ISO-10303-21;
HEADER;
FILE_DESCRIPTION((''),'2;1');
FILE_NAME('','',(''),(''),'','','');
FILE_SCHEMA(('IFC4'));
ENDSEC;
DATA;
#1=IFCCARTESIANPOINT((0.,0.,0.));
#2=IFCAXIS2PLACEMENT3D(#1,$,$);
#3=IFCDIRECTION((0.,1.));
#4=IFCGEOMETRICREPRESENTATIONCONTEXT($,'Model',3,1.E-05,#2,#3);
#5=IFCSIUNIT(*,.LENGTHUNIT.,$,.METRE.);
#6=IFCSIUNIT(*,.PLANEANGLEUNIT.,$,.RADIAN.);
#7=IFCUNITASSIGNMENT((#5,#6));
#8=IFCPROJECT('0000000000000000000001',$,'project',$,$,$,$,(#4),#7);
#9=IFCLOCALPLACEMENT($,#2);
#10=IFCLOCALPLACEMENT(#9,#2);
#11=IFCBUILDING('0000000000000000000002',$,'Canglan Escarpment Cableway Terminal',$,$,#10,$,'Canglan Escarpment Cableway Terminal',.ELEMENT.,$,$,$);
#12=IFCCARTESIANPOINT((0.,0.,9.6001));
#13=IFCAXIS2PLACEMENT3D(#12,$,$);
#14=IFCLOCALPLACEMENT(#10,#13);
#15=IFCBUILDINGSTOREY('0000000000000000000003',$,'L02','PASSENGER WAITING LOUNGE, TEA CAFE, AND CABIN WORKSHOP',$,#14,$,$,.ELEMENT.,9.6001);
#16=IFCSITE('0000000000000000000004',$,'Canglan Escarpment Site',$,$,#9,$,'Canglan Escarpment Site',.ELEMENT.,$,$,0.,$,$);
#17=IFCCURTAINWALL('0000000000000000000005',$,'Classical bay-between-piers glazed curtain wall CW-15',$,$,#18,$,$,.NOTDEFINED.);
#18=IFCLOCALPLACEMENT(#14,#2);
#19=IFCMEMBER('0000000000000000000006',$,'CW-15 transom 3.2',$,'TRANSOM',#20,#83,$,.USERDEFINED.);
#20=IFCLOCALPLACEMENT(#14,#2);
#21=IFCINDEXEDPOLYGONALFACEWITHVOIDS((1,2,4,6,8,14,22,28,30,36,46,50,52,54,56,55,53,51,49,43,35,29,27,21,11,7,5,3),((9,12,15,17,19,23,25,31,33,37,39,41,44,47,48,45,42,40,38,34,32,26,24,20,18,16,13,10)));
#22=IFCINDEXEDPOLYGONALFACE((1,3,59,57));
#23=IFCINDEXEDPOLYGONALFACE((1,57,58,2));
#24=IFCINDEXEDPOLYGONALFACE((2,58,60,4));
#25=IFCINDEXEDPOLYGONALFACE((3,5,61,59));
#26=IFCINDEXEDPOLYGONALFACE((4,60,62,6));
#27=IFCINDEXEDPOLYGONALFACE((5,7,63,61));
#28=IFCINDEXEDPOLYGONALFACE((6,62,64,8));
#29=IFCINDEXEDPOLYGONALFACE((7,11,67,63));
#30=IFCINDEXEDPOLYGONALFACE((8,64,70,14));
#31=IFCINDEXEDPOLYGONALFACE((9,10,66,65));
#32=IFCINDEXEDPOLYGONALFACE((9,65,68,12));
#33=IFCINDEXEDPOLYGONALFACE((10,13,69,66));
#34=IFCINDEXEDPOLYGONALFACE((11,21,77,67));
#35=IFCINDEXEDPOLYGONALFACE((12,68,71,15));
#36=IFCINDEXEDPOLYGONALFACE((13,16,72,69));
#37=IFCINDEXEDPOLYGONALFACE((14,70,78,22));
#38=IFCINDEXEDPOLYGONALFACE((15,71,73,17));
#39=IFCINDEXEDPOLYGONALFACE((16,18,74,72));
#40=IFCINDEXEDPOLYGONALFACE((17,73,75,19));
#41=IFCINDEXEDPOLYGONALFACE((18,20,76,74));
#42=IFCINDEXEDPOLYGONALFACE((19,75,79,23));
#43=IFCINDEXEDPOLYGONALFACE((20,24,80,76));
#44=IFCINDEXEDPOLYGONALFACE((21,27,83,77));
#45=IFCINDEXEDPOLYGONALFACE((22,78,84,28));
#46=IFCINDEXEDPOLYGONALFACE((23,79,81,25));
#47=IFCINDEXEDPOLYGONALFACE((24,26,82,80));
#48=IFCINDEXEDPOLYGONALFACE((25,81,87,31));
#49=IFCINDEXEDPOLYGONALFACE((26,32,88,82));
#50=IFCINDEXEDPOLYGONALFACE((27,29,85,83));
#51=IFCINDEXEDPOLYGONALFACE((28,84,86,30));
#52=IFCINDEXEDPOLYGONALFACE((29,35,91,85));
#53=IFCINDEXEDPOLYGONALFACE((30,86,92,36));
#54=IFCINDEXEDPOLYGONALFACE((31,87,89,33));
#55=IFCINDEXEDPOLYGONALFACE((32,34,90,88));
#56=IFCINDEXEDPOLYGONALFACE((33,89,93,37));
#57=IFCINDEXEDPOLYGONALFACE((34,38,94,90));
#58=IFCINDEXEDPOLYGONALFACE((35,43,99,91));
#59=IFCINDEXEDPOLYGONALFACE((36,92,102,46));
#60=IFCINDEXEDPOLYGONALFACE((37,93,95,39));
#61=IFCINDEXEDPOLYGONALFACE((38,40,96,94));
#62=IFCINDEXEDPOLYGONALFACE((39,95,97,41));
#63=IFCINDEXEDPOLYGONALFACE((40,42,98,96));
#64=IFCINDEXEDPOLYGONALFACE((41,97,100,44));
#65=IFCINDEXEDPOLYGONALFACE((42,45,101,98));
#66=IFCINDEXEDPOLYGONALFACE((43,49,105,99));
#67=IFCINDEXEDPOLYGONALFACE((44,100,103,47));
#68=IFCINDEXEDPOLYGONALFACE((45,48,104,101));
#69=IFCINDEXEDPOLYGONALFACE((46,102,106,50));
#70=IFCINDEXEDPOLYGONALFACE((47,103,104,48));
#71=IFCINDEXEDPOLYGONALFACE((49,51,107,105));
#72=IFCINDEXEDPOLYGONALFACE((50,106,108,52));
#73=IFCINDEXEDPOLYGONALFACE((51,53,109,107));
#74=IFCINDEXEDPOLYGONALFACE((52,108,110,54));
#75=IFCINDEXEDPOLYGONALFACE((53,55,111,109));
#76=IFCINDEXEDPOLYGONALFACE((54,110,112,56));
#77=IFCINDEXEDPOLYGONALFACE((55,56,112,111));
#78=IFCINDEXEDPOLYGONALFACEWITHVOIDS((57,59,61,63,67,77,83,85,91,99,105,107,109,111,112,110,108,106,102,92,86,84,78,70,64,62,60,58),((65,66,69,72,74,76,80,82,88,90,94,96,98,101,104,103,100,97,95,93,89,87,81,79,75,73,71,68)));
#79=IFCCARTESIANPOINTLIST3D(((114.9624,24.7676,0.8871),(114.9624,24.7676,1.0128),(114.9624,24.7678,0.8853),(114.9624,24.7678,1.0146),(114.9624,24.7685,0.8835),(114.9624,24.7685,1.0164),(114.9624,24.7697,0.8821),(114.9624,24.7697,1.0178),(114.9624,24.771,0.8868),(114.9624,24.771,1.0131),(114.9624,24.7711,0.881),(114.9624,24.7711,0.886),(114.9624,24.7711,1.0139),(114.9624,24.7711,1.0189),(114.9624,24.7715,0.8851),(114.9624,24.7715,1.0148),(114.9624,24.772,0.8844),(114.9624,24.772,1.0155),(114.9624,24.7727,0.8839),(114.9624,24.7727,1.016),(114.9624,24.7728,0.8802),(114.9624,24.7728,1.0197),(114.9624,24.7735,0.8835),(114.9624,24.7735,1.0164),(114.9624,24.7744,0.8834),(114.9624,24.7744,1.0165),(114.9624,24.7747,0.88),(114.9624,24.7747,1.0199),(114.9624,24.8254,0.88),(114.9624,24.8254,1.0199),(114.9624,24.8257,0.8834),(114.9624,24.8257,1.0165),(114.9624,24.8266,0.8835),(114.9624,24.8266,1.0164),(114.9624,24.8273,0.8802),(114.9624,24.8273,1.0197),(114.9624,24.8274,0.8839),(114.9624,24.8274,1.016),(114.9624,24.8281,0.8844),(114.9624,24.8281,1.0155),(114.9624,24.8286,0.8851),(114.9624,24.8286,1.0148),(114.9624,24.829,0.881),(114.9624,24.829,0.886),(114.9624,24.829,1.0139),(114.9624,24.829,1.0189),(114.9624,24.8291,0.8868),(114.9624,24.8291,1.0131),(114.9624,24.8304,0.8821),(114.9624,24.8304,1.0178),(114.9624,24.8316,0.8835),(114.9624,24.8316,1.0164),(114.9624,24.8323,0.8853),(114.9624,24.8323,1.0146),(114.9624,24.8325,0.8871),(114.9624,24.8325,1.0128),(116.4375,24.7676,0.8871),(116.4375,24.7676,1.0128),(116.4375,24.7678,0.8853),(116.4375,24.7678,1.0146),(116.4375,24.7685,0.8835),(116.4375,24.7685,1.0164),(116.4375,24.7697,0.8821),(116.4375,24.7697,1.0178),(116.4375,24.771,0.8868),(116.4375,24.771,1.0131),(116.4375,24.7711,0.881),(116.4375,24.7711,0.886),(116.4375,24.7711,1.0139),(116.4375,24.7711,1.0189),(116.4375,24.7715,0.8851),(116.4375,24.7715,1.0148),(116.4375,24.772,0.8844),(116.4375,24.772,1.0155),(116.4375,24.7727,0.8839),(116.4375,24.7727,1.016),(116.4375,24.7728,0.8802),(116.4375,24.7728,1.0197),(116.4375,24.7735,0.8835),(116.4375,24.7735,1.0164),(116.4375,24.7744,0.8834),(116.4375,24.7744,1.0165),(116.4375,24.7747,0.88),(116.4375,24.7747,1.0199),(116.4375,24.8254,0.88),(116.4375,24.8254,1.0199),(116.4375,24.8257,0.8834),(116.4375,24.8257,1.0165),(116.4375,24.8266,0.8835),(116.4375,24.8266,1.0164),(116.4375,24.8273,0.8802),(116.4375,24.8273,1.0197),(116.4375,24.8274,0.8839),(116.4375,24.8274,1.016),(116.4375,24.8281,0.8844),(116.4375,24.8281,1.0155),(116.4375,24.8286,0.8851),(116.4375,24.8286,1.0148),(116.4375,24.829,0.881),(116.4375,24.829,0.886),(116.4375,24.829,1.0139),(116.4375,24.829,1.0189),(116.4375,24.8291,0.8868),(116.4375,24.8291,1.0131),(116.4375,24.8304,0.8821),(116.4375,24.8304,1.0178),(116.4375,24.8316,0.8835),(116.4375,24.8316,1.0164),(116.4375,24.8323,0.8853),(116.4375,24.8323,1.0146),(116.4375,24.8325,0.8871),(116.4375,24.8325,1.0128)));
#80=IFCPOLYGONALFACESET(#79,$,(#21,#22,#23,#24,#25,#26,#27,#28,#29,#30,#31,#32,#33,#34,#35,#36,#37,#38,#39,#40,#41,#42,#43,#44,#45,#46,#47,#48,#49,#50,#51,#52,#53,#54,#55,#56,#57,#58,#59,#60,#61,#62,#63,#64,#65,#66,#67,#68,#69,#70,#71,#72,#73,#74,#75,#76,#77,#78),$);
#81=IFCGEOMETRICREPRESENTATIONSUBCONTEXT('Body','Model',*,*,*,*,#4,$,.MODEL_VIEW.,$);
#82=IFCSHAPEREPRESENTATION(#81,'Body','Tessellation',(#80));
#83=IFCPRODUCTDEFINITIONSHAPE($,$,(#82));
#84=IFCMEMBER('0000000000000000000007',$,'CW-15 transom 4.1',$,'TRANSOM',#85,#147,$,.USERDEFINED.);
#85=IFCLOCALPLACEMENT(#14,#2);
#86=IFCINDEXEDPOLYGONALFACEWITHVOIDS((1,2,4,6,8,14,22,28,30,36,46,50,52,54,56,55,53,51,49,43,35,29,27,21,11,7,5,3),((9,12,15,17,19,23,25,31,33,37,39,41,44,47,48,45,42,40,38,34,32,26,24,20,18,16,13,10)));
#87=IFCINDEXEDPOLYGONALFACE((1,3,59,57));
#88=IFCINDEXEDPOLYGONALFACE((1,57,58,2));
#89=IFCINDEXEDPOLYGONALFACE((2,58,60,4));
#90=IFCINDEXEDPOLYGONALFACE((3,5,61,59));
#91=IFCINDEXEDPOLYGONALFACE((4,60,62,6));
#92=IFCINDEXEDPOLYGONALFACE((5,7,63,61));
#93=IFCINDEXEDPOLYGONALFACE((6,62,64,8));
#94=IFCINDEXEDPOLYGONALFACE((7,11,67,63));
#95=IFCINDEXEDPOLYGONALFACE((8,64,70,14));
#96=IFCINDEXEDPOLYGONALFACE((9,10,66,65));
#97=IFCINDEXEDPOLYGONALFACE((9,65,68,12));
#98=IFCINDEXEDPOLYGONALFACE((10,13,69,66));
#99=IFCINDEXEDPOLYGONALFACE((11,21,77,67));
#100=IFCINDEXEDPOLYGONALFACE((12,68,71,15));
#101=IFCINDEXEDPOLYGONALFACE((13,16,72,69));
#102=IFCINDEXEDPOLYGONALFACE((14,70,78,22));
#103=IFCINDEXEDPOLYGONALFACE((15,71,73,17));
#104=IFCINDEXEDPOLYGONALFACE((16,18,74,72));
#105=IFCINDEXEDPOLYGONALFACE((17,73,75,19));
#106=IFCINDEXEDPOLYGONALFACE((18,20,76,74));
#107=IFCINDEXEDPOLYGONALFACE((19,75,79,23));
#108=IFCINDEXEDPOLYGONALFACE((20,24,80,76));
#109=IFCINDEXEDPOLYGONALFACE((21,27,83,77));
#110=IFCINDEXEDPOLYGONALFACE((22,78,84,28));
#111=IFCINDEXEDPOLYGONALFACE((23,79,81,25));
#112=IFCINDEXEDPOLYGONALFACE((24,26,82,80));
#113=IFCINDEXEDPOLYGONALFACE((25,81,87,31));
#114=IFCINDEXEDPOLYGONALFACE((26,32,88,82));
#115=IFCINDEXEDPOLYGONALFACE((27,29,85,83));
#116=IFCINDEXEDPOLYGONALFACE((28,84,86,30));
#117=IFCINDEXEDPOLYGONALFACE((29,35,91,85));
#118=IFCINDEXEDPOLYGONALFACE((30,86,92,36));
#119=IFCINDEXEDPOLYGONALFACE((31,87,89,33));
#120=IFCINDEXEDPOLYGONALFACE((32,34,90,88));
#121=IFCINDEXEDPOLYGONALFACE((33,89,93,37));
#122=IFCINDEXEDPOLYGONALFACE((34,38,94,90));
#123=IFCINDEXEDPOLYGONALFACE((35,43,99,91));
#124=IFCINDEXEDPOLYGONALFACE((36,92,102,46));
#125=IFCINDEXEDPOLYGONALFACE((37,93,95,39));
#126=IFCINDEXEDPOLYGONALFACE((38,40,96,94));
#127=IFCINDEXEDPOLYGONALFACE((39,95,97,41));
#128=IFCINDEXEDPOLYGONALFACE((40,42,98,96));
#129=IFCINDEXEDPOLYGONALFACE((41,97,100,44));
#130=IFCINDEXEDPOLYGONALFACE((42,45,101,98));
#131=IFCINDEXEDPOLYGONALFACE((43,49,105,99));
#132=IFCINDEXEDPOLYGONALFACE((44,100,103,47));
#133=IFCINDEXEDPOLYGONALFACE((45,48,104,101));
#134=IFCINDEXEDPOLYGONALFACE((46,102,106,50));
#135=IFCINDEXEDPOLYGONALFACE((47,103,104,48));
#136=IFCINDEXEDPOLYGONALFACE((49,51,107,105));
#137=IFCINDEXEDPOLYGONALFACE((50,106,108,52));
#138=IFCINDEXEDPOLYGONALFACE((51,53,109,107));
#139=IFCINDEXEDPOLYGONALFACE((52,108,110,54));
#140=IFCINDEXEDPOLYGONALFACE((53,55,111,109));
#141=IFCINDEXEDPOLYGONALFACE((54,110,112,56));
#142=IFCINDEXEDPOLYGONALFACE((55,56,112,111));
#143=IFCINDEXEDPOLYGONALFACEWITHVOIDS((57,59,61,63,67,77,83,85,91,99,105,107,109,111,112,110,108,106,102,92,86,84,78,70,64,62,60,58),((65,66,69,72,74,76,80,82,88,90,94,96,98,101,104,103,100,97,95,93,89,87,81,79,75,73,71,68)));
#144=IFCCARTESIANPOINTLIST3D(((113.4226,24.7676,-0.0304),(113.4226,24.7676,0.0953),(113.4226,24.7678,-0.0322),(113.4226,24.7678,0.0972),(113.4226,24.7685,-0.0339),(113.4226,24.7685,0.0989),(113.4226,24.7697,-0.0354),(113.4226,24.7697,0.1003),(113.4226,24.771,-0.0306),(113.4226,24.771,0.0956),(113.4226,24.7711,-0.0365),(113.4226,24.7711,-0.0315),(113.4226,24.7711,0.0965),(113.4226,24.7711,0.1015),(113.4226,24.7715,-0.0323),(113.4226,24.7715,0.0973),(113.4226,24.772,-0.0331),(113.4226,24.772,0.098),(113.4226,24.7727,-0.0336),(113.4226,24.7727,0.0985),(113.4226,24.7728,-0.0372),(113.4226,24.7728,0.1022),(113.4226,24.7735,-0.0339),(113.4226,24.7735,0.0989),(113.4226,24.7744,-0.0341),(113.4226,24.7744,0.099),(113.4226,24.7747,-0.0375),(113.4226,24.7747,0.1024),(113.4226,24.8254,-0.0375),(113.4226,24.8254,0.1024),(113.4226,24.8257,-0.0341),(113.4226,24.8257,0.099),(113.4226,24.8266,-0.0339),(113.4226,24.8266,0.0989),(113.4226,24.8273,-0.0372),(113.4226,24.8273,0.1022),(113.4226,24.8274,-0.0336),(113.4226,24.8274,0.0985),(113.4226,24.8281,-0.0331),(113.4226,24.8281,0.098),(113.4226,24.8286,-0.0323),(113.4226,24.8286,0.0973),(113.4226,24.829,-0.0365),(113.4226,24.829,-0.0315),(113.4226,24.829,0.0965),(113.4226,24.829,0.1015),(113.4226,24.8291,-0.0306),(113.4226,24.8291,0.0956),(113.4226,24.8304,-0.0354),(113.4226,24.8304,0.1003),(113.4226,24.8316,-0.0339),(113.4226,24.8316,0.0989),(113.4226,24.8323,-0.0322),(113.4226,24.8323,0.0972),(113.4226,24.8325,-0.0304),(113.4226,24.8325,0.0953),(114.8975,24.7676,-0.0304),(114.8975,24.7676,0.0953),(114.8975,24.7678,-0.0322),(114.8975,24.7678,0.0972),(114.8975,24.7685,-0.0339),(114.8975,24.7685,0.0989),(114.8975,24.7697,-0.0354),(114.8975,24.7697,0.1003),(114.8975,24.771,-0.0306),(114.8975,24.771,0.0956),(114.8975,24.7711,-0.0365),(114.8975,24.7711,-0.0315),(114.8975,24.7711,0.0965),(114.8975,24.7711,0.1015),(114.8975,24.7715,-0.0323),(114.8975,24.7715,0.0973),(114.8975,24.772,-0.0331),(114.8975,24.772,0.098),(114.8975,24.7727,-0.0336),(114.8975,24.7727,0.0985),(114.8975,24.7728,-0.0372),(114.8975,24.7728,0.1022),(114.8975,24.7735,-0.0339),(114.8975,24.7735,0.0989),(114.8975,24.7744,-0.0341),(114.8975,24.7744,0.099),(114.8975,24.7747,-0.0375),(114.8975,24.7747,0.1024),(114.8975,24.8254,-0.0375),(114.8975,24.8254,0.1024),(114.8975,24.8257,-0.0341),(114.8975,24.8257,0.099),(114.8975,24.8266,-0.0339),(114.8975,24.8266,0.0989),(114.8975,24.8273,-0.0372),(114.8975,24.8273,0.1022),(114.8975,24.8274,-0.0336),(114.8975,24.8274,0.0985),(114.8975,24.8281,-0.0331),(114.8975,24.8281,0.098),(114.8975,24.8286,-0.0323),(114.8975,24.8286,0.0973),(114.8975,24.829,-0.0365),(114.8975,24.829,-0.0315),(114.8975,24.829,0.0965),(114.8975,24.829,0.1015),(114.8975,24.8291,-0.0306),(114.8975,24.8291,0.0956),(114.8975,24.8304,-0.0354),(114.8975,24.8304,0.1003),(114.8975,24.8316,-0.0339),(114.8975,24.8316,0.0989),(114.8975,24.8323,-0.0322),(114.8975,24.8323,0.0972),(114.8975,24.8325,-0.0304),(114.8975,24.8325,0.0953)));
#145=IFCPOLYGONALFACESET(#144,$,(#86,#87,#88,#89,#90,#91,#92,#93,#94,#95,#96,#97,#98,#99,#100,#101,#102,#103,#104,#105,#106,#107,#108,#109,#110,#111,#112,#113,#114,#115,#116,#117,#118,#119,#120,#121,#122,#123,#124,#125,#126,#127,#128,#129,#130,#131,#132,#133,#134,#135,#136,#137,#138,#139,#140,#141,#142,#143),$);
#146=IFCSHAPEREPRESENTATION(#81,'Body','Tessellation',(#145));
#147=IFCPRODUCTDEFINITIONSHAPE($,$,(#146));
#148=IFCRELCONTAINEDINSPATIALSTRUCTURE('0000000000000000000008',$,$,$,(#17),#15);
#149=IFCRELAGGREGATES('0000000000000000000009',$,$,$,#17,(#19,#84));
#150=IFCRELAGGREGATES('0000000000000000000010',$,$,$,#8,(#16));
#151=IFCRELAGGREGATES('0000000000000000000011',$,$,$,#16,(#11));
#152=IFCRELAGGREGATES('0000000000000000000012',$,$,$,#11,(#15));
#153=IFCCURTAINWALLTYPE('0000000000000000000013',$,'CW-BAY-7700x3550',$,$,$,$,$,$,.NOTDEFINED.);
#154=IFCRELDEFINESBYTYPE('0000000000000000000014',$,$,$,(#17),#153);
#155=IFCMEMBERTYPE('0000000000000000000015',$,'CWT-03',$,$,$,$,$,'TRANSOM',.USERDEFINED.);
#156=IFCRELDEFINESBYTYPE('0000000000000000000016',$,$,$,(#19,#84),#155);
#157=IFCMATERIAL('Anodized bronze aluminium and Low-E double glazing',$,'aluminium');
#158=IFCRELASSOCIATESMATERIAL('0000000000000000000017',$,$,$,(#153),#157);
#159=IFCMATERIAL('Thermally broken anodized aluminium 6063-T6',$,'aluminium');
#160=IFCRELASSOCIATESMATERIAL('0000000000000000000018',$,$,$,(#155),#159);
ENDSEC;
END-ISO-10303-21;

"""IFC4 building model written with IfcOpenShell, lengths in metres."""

from ifc_helpers import new_model, si_unit, direction, frame, origin, origin_2d, place, context, subcontext, project, spatial, hollow_rectangle, extrude, material, material_profile, profile_set, type_object, element, aggregate, save


model = new_model("IFC4")

# Units and contexts
model_context = context("Model", 3, precision=1e-05, world=origin(), true_north=direction((0.0, 1.0)))
body_context = subcontext(model_context, "Body", "Model", "MODEL_VIEW")
ifc_project = project(units=[si_unit("LENGTHUNIT", "METRE"), si_unit("PLANEANGLEUNIT", "RADIAN")], contexts=[model_context])

# Site, building, storey
site_placement = place(None, origin())
site = spatial("IfcSite", under=ifc_project, at=site_placement, Name="Canglan Escarpment Site", LongName="Canglan Escarpment Site", CompositionType="ELEMENT", RefElevation=0.0)
building_placement = place(site_placement, origin())
building = spatial("IfcBuilding", under=site, at=building_placement, Name="Canglan Escarpment Cableway Terminal", LongName="Canglan Escarpment Cableway Terminal", CompositionType="ELEMENT")
storey_placement = place(building_placement, frame((0.0, 0.0, 9.6001)))
storey = spatial("IfcBuildingStorey", under=building, at=storey_placement, Name="L02", Description="PASSENGER WAITING LOUNGE, TEA CAFE, AND CABIN WORKSHOP", CompositionType="ELEMENT", Elevation=9.6001)

# Curtain wall, members
ifc_material_1 = material(Name="Anodized bronze aluminium and Low-E double glazing", Category="aluminium")
curtain_wall_type = type_object("IfcCurtainWallType", Name="CW-BAY-7700x3550", PredefinedType="NOTDEFINED", material=ifc_material_1)
curtain_wall_placement = place(storey_placement, origin())
curtain_wall = element("IfcCurtainWall", 1, at=curtain_wall_placement, inside=storey, type_object=curtain_wall_type, Name="Classical bay-between-piers glazed curtain wall CW-15", PredefinedType="NOTDEFINED")
ifc_material_2 = material(Name="Thermally broken anodized aluminium 6063-T6", Category="aluminium")
ifc_material_profile_1 = material_profile(ifc_material_2, hollow_rectangle(XDim=0.0649, YDim=0.1399, WallThickness=0.0034, InnerFilletRadius=0.0034, OuterFilletRadius=0.0071, at=origin_2d()), Name="ALU-TRAN 65x140x3.5")
ifc_profile_set_1 = profile_set([ifc_material_profile_1], Name="Thermally broken anodized aluminium 6063-T6")
member_type_1 = type_object("IfcMemberType", Name="CWT-03", ElementType="TRANSOM", PredefinedType="USERDEFINED", material=ifc_profile_set_1)
member_1_placement = place(storey_placement, frame((116.4375, 24.8, 0.95), z_axis=(-1.0, 0.0, 0.0), x_axis=(0.0, -1.0, 0.0)))
member_1 = element("IfcMember", 2, at=member_1_placement, type_object=member_type_1, Name="CW-15 transom 3.2", ObjectType="TRANSOM", PredefinedType="USERDEFINED", context=body_context, shape_type="SweptSolid", body=[
    extrude(hollow_rectangle(XDim=0.0649, YDim=0.1399, WallThickness=0.0034, InnerFilletRadius=0.0034, OuterFilletRadius=0.0071, at=origin_2d()), origin(), (0.0, 0.0, 1.0), 1.4751),
])
member_2_placement = place(storey_placement, frame((114.8975, 24.8, 0.0325), z_axis=(-1.0, 0.0, 0.0), x_axis=(0.0, -1.0, 0.0)))
member_2 = element("IfcMember", 3, at=member_2_placement, type_object=member_type_1, Name="CW-15 transom 4.1", ObjectType="TRANSOM", PredefinedType="USERDEFINED", context=body_context, shape_type="SweptSolid", body=[
    extrude(hollow_rectangle(XDim=0.0649, YDim=0.1399, WallThickness=0.0034, InnerFilletRadius=0.0034, OuterFilletRadius=0.0071, at=origin_2d()), origin(), (0.0, 0.0, 1.0), 1.4749),
])

aggregate(curtain_wall, [member_1, member_2])

save(model, "model.ifc")
